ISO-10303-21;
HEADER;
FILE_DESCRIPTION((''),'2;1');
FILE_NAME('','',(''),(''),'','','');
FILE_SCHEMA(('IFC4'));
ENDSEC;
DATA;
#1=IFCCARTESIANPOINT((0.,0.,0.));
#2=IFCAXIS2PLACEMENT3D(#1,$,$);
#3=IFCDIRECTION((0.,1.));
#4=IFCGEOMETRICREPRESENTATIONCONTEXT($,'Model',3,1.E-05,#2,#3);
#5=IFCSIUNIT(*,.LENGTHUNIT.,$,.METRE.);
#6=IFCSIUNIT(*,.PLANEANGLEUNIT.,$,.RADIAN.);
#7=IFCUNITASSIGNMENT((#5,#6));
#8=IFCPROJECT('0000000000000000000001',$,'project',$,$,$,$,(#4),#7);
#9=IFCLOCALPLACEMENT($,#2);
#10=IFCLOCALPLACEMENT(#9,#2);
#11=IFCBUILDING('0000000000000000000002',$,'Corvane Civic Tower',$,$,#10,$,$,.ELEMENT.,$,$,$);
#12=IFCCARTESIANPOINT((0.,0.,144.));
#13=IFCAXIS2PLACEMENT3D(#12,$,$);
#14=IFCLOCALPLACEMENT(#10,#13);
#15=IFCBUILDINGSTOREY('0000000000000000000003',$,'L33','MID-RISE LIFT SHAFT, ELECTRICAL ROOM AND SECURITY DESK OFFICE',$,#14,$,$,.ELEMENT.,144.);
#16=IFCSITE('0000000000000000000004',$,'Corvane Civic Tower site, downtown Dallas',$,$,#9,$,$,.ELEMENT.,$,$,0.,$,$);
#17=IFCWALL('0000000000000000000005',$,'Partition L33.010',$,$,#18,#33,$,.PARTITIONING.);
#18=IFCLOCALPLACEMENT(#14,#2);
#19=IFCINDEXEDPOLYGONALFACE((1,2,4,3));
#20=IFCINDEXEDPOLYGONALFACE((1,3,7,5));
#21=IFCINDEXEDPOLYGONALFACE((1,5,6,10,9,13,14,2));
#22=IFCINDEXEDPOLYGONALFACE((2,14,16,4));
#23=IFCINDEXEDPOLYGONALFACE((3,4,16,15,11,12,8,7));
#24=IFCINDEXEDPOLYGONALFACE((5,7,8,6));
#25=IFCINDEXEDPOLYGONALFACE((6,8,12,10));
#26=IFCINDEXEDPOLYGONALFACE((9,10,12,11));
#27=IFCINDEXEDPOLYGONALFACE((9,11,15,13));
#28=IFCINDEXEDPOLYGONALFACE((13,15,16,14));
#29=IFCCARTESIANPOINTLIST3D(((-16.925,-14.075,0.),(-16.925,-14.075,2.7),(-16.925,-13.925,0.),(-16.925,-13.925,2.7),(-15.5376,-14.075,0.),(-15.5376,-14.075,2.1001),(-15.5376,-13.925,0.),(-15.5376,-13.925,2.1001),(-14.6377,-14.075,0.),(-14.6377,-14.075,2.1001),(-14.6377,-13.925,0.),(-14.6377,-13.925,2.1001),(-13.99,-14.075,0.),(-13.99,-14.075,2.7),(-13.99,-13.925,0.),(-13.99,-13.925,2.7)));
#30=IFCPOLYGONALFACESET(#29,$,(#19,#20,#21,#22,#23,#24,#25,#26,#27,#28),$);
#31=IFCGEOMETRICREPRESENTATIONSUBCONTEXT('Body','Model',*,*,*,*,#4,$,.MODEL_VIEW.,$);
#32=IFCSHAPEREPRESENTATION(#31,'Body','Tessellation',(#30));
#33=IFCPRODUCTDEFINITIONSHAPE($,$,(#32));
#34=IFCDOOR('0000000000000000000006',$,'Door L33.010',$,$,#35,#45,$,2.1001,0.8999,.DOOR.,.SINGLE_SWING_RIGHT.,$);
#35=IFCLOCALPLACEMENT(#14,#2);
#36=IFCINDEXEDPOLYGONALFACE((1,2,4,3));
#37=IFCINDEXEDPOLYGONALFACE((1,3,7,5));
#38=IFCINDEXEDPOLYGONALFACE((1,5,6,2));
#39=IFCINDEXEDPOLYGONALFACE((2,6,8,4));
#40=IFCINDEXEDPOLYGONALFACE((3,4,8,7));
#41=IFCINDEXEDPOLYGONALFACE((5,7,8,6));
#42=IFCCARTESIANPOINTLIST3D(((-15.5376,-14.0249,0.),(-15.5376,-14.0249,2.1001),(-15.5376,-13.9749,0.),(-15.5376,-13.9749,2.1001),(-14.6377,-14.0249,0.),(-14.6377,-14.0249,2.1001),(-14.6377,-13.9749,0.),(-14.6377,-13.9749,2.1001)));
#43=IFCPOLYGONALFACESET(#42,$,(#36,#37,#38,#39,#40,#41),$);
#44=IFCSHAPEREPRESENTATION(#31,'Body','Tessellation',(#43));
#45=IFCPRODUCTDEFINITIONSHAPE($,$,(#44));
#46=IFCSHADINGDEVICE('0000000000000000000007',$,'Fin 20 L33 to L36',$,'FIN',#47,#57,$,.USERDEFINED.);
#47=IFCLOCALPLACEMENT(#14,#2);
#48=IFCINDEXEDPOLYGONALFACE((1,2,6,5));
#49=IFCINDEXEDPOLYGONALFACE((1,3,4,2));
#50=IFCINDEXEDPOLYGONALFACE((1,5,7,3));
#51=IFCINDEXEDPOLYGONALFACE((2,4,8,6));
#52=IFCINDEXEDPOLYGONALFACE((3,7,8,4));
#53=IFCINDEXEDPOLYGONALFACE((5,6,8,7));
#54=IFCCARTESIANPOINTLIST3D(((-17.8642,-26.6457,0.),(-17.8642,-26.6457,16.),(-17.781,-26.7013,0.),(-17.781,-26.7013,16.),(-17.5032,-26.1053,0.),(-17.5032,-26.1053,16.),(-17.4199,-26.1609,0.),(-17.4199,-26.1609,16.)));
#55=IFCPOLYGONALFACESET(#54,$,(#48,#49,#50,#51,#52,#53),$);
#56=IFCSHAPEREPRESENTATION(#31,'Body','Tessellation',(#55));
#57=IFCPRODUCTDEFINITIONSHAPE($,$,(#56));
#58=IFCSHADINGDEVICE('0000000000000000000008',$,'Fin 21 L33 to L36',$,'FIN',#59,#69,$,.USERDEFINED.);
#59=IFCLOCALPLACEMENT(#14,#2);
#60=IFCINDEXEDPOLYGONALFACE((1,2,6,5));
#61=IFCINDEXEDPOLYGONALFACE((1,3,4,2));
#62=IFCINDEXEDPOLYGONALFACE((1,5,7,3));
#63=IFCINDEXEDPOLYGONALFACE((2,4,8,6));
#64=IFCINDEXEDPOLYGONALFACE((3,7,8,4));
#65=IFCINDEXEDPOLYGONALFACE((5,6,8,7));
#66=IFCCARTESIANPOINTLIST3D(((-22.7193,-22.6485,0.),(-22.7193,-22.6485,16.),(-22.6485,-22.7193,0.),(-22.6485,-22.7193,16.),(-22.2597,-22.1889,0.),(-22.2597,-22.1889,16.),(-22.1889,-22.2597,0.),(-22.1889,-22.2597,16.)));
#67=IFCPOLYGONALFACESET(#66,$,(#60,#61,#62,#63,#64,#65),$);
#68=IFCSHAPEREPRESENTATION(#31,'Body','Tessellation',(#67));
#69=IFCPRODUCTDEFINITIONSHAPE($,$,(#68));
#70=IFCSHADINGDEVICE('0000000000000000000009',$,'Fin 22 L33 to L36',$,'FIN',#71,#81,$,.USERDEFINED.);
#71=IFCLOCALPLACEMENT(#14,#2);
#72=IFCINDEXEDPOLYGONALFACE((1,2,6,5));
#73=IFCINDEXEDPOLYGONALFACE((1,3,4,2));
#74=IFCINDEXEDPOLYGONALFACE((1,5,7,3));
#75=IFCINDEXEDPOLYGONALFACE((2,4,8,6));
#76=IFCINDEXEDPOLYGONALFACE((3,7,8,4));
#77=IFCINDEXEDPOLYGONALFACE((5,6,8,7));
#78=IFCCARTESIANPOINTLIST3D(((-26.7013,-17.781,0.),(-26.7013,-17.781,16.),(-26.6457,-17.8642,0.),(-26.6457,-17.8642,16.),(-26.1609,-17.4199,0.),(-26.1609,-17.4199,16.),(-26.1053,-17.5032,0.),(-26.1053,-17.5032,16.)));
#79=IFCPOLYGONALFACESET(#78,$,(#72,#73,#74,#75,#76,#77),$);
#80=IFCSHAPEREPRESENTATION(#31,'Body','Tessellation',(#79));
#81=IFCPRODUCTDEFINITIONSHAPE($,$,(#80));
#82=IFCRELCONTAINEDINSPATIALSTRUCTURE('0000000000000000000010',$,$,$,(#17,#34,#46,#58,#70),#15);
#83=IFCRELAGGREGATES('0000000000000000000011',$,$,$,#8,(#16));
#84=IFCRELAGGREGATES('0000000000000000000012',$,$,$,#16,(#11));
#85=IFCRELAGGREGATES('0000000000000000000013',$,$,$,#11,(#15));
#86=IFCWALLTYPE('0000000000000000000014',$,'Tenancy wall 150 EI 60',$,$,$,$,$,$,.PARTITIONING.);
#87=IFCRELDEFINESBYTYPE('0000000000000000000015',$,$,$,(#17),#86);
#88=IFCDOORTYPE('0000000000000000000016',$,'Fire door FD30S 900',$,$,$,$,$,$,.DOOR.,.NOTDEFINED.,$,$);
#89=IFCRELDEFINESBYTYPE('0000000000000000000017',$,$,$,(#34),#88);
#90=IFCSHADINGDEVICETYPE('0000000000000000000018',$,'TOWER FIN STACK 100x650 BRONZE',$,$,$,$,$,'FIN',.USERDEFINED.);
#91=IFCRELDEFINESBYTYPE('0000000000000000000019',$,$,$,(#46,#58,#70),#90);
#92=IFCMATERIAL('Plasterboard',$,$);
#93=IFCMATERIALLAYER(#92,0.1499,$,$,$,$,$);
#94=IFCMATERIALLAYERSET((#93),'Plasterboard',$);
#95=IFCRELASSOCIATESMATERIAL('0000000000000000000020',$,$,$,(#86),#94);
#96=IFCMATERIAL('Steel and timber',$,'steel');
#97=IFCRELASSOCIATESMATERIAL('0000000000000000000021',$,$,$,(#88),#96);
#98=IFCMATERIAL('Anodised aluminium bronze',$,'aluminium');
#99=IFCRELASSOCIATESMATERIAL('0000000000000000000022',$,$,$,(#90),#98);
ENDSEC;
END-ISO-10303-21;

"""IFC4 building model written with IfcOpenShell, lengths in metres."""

from ifc_helpers import new_model, si_unit, direction, frame, frame_2d, origin, origin_2d, place, context, subcontext, project, spatial, rectangle, extrude, material, layer, layer_set, material_profile, profile_set, type_object, element, fill, save


model = new_model("IFC4")

# Units and contexts
model_context = context("Model", 3, precision=1e-05, world=origin(), true_north=direction((0.0, 1.0)))
body_context = subcontext(model_context, "Body", "Model", "MODEL_VIEW")
ifc_project = project(units=[si_unit("LENGTHUNIT", "METRE"), si_unit("PLANEANGLEUNIT", "RADIAN")], contexts=[model_context])

# Site, building, storey
site_placement = place(None, origin())
site = spatial("IfcSite", under=ifc_project, at=site_placement, Name="Corvane Civic Tower site, downtown Dallas", CompositionType="ELEMENT", RefElevation=0.0)
building_placement = place(site_placement, origin())
building = spatial("IfcBuilding", under=site, at=building_placement, Name="Corvane Civic Tower", CompositionType="ELEMENT")
storey_placement = place(building_placement, frame((0.0, 0.0, 144.0)))
storey = spatial("IfcBuildingStorey", under=building, at=storey_placement, Name="L33", Description="MID-RISE LIFT SHAFT, ELECTRICAL ROOM AND SECURITY DESK OFFICE", CompositionType="ELEMENT", Elevation=144.0)

# Wall, opening, door
ifc_material_1 = material(Name="Plasterboard")
ifc_layer_1 = layer(ifc_material_1, 0.1499)
ifc_layer_set_1 = layer_set([ifc_layer_1], Name="Plasterboard")
wall_type_1 = type_object("IfcWallType", Name="Tenancy wall 150 EI 60", PredefinedType="PARTITIONING", material=ifc_layer_set_1)
wall_1_placement = place(storey_placement, frame((-16.925, -14.0, 0.0), z_axis=(0.0, 0.0, 1.0), x_axis=(1.0, 0.0, 0.0)))
wall_1 = element("IfcWall", 1, at=wall_1_placement, inside=storey, type_object=wall_type_1, Name="Partition L33.010", PredefinedType="PARTITIONING", context=body_context, shape_type="SweptSolid", body=[
    extrude(rectangle(XDim=2.9351, YDim=0.1499, at=frame_2d((1.4675, 0.0))), origin(), (0.0, 0.0, 1.0), 2.7),
])
opening_1_placement = place(wall_1_placement, frame((1.3875, 0.0, 0.0)))
opening_1 = element("IfcOpeningElement", 2, at=opening_1_placement, cuts=wall_1, PredefinedType="OPENING", context=body_context, shape_type="SweptSolid", body=[
    extrude(rectangle(XDim=0.8999, YDim=2.1001, at=frame_2d((0.45, 1.05))), frame((0.0, 0.085, 0.0), z_axis=(0.0, -1.0, 0.0), x_axis=(1.0, 0.0, 0.0)), (0.0, 0.0, 1.0), 0.1699),
])
ifc_material_2 = material(Name="Steel and timber", Category="steel")
door_type_1 = type_object("IfcDoorType", Name="Fire door FD30S 900", OperationType="NOTDEFINED", PredefinedType="DOOR", material=ifc_material_2)
door_1_placement = place(opening_1_placement, frame((0.8999, 0.0, 0.0), z_axis=(0.0, 0.0, 1.0), x_axis=(-1.0, 0.0, 0.0)))
door_1 = element("IfcDoor", 3, at=door_1_placement, inside=storey, type_object=door_type_1, Name="Door L33.010", OperationType="SINGLE_SWING_RIGHT", OverallHeight=2.1001, OverallWidth=0.8999, PredefinedType="DOOR", context=body_context, shape_type="SweptSolid", body=[
    extrude(rectangle(XDim=0.8999, YDim=2.1001, at=frame_2d((0.45, 1.05))), frame((0.0, 0.0249, 0.0), z_axis=(0.0, -1.0, 0.0), x_axis=(1.0, 0.0, 0.0)), (0.0, 0.0, 1.0), 0.05),
])
fill(opening_1, door_1)

# Shading devices
ifc_material_3 = material(Name="Anodised aluminium bronze", Category="aluminium")
ifc_material_profile_1 = material_profile(ifc_material_3, rectangle(XDim=0.1001, YDim=0.6499, at=origin_2d()), Name="TOWER FIN STACK 100x650 BRONZE")
ifc_profile_set_1 = profile_set([ifc_material_profile_1], Name="Anodised aluminium bronze")
shading_device_type = type_object("IfcShadingDeviceType", Name="TOWER FIN STACK 100x650 BRONZE", ElementType="FIN", PredefinedType="USERDEFINED", material=ifc_profile_set_1)
for number, where, z_axis, x_axis, name in (
    (4, (-17.6421, -26.4033, 0.0), (0.0, 0.0, 1.0), (-0.83147, 0.55557, 0.0), "Fin 20 L33 to L36"),
    (5, (-22.4541, -22.4541, 0.0), (0.0, 0.0, 1.0), (-0.707107, 0.707107, 0.0), "Fin 21 L33 to L36"),
    (6, (-26.4033, -17.6421, 0.0), (0.0, 0.0, 1.0), (-0.55557, 0.83147, 0.0), "Fin 22 L33 to L36"),
):
    element("IfcShadingDevice", number, at=place(storey_placement, frame(where, z_axis=z_axis, x_axis=x_axis)), inside=storey, type_object=shading_device_type, Name=name, ObjectType="FIN", PredefinedType="USERDEFINED", context=body_context, shape_type="SweptSolid", body=[
        extrude(rectangle(XDim=0.1001, YDim=0.6499, at=origin_2d()), origin(), (0.0, 0.0, 1.0), 16.0),
    ])

save(model, "model.ifc")
